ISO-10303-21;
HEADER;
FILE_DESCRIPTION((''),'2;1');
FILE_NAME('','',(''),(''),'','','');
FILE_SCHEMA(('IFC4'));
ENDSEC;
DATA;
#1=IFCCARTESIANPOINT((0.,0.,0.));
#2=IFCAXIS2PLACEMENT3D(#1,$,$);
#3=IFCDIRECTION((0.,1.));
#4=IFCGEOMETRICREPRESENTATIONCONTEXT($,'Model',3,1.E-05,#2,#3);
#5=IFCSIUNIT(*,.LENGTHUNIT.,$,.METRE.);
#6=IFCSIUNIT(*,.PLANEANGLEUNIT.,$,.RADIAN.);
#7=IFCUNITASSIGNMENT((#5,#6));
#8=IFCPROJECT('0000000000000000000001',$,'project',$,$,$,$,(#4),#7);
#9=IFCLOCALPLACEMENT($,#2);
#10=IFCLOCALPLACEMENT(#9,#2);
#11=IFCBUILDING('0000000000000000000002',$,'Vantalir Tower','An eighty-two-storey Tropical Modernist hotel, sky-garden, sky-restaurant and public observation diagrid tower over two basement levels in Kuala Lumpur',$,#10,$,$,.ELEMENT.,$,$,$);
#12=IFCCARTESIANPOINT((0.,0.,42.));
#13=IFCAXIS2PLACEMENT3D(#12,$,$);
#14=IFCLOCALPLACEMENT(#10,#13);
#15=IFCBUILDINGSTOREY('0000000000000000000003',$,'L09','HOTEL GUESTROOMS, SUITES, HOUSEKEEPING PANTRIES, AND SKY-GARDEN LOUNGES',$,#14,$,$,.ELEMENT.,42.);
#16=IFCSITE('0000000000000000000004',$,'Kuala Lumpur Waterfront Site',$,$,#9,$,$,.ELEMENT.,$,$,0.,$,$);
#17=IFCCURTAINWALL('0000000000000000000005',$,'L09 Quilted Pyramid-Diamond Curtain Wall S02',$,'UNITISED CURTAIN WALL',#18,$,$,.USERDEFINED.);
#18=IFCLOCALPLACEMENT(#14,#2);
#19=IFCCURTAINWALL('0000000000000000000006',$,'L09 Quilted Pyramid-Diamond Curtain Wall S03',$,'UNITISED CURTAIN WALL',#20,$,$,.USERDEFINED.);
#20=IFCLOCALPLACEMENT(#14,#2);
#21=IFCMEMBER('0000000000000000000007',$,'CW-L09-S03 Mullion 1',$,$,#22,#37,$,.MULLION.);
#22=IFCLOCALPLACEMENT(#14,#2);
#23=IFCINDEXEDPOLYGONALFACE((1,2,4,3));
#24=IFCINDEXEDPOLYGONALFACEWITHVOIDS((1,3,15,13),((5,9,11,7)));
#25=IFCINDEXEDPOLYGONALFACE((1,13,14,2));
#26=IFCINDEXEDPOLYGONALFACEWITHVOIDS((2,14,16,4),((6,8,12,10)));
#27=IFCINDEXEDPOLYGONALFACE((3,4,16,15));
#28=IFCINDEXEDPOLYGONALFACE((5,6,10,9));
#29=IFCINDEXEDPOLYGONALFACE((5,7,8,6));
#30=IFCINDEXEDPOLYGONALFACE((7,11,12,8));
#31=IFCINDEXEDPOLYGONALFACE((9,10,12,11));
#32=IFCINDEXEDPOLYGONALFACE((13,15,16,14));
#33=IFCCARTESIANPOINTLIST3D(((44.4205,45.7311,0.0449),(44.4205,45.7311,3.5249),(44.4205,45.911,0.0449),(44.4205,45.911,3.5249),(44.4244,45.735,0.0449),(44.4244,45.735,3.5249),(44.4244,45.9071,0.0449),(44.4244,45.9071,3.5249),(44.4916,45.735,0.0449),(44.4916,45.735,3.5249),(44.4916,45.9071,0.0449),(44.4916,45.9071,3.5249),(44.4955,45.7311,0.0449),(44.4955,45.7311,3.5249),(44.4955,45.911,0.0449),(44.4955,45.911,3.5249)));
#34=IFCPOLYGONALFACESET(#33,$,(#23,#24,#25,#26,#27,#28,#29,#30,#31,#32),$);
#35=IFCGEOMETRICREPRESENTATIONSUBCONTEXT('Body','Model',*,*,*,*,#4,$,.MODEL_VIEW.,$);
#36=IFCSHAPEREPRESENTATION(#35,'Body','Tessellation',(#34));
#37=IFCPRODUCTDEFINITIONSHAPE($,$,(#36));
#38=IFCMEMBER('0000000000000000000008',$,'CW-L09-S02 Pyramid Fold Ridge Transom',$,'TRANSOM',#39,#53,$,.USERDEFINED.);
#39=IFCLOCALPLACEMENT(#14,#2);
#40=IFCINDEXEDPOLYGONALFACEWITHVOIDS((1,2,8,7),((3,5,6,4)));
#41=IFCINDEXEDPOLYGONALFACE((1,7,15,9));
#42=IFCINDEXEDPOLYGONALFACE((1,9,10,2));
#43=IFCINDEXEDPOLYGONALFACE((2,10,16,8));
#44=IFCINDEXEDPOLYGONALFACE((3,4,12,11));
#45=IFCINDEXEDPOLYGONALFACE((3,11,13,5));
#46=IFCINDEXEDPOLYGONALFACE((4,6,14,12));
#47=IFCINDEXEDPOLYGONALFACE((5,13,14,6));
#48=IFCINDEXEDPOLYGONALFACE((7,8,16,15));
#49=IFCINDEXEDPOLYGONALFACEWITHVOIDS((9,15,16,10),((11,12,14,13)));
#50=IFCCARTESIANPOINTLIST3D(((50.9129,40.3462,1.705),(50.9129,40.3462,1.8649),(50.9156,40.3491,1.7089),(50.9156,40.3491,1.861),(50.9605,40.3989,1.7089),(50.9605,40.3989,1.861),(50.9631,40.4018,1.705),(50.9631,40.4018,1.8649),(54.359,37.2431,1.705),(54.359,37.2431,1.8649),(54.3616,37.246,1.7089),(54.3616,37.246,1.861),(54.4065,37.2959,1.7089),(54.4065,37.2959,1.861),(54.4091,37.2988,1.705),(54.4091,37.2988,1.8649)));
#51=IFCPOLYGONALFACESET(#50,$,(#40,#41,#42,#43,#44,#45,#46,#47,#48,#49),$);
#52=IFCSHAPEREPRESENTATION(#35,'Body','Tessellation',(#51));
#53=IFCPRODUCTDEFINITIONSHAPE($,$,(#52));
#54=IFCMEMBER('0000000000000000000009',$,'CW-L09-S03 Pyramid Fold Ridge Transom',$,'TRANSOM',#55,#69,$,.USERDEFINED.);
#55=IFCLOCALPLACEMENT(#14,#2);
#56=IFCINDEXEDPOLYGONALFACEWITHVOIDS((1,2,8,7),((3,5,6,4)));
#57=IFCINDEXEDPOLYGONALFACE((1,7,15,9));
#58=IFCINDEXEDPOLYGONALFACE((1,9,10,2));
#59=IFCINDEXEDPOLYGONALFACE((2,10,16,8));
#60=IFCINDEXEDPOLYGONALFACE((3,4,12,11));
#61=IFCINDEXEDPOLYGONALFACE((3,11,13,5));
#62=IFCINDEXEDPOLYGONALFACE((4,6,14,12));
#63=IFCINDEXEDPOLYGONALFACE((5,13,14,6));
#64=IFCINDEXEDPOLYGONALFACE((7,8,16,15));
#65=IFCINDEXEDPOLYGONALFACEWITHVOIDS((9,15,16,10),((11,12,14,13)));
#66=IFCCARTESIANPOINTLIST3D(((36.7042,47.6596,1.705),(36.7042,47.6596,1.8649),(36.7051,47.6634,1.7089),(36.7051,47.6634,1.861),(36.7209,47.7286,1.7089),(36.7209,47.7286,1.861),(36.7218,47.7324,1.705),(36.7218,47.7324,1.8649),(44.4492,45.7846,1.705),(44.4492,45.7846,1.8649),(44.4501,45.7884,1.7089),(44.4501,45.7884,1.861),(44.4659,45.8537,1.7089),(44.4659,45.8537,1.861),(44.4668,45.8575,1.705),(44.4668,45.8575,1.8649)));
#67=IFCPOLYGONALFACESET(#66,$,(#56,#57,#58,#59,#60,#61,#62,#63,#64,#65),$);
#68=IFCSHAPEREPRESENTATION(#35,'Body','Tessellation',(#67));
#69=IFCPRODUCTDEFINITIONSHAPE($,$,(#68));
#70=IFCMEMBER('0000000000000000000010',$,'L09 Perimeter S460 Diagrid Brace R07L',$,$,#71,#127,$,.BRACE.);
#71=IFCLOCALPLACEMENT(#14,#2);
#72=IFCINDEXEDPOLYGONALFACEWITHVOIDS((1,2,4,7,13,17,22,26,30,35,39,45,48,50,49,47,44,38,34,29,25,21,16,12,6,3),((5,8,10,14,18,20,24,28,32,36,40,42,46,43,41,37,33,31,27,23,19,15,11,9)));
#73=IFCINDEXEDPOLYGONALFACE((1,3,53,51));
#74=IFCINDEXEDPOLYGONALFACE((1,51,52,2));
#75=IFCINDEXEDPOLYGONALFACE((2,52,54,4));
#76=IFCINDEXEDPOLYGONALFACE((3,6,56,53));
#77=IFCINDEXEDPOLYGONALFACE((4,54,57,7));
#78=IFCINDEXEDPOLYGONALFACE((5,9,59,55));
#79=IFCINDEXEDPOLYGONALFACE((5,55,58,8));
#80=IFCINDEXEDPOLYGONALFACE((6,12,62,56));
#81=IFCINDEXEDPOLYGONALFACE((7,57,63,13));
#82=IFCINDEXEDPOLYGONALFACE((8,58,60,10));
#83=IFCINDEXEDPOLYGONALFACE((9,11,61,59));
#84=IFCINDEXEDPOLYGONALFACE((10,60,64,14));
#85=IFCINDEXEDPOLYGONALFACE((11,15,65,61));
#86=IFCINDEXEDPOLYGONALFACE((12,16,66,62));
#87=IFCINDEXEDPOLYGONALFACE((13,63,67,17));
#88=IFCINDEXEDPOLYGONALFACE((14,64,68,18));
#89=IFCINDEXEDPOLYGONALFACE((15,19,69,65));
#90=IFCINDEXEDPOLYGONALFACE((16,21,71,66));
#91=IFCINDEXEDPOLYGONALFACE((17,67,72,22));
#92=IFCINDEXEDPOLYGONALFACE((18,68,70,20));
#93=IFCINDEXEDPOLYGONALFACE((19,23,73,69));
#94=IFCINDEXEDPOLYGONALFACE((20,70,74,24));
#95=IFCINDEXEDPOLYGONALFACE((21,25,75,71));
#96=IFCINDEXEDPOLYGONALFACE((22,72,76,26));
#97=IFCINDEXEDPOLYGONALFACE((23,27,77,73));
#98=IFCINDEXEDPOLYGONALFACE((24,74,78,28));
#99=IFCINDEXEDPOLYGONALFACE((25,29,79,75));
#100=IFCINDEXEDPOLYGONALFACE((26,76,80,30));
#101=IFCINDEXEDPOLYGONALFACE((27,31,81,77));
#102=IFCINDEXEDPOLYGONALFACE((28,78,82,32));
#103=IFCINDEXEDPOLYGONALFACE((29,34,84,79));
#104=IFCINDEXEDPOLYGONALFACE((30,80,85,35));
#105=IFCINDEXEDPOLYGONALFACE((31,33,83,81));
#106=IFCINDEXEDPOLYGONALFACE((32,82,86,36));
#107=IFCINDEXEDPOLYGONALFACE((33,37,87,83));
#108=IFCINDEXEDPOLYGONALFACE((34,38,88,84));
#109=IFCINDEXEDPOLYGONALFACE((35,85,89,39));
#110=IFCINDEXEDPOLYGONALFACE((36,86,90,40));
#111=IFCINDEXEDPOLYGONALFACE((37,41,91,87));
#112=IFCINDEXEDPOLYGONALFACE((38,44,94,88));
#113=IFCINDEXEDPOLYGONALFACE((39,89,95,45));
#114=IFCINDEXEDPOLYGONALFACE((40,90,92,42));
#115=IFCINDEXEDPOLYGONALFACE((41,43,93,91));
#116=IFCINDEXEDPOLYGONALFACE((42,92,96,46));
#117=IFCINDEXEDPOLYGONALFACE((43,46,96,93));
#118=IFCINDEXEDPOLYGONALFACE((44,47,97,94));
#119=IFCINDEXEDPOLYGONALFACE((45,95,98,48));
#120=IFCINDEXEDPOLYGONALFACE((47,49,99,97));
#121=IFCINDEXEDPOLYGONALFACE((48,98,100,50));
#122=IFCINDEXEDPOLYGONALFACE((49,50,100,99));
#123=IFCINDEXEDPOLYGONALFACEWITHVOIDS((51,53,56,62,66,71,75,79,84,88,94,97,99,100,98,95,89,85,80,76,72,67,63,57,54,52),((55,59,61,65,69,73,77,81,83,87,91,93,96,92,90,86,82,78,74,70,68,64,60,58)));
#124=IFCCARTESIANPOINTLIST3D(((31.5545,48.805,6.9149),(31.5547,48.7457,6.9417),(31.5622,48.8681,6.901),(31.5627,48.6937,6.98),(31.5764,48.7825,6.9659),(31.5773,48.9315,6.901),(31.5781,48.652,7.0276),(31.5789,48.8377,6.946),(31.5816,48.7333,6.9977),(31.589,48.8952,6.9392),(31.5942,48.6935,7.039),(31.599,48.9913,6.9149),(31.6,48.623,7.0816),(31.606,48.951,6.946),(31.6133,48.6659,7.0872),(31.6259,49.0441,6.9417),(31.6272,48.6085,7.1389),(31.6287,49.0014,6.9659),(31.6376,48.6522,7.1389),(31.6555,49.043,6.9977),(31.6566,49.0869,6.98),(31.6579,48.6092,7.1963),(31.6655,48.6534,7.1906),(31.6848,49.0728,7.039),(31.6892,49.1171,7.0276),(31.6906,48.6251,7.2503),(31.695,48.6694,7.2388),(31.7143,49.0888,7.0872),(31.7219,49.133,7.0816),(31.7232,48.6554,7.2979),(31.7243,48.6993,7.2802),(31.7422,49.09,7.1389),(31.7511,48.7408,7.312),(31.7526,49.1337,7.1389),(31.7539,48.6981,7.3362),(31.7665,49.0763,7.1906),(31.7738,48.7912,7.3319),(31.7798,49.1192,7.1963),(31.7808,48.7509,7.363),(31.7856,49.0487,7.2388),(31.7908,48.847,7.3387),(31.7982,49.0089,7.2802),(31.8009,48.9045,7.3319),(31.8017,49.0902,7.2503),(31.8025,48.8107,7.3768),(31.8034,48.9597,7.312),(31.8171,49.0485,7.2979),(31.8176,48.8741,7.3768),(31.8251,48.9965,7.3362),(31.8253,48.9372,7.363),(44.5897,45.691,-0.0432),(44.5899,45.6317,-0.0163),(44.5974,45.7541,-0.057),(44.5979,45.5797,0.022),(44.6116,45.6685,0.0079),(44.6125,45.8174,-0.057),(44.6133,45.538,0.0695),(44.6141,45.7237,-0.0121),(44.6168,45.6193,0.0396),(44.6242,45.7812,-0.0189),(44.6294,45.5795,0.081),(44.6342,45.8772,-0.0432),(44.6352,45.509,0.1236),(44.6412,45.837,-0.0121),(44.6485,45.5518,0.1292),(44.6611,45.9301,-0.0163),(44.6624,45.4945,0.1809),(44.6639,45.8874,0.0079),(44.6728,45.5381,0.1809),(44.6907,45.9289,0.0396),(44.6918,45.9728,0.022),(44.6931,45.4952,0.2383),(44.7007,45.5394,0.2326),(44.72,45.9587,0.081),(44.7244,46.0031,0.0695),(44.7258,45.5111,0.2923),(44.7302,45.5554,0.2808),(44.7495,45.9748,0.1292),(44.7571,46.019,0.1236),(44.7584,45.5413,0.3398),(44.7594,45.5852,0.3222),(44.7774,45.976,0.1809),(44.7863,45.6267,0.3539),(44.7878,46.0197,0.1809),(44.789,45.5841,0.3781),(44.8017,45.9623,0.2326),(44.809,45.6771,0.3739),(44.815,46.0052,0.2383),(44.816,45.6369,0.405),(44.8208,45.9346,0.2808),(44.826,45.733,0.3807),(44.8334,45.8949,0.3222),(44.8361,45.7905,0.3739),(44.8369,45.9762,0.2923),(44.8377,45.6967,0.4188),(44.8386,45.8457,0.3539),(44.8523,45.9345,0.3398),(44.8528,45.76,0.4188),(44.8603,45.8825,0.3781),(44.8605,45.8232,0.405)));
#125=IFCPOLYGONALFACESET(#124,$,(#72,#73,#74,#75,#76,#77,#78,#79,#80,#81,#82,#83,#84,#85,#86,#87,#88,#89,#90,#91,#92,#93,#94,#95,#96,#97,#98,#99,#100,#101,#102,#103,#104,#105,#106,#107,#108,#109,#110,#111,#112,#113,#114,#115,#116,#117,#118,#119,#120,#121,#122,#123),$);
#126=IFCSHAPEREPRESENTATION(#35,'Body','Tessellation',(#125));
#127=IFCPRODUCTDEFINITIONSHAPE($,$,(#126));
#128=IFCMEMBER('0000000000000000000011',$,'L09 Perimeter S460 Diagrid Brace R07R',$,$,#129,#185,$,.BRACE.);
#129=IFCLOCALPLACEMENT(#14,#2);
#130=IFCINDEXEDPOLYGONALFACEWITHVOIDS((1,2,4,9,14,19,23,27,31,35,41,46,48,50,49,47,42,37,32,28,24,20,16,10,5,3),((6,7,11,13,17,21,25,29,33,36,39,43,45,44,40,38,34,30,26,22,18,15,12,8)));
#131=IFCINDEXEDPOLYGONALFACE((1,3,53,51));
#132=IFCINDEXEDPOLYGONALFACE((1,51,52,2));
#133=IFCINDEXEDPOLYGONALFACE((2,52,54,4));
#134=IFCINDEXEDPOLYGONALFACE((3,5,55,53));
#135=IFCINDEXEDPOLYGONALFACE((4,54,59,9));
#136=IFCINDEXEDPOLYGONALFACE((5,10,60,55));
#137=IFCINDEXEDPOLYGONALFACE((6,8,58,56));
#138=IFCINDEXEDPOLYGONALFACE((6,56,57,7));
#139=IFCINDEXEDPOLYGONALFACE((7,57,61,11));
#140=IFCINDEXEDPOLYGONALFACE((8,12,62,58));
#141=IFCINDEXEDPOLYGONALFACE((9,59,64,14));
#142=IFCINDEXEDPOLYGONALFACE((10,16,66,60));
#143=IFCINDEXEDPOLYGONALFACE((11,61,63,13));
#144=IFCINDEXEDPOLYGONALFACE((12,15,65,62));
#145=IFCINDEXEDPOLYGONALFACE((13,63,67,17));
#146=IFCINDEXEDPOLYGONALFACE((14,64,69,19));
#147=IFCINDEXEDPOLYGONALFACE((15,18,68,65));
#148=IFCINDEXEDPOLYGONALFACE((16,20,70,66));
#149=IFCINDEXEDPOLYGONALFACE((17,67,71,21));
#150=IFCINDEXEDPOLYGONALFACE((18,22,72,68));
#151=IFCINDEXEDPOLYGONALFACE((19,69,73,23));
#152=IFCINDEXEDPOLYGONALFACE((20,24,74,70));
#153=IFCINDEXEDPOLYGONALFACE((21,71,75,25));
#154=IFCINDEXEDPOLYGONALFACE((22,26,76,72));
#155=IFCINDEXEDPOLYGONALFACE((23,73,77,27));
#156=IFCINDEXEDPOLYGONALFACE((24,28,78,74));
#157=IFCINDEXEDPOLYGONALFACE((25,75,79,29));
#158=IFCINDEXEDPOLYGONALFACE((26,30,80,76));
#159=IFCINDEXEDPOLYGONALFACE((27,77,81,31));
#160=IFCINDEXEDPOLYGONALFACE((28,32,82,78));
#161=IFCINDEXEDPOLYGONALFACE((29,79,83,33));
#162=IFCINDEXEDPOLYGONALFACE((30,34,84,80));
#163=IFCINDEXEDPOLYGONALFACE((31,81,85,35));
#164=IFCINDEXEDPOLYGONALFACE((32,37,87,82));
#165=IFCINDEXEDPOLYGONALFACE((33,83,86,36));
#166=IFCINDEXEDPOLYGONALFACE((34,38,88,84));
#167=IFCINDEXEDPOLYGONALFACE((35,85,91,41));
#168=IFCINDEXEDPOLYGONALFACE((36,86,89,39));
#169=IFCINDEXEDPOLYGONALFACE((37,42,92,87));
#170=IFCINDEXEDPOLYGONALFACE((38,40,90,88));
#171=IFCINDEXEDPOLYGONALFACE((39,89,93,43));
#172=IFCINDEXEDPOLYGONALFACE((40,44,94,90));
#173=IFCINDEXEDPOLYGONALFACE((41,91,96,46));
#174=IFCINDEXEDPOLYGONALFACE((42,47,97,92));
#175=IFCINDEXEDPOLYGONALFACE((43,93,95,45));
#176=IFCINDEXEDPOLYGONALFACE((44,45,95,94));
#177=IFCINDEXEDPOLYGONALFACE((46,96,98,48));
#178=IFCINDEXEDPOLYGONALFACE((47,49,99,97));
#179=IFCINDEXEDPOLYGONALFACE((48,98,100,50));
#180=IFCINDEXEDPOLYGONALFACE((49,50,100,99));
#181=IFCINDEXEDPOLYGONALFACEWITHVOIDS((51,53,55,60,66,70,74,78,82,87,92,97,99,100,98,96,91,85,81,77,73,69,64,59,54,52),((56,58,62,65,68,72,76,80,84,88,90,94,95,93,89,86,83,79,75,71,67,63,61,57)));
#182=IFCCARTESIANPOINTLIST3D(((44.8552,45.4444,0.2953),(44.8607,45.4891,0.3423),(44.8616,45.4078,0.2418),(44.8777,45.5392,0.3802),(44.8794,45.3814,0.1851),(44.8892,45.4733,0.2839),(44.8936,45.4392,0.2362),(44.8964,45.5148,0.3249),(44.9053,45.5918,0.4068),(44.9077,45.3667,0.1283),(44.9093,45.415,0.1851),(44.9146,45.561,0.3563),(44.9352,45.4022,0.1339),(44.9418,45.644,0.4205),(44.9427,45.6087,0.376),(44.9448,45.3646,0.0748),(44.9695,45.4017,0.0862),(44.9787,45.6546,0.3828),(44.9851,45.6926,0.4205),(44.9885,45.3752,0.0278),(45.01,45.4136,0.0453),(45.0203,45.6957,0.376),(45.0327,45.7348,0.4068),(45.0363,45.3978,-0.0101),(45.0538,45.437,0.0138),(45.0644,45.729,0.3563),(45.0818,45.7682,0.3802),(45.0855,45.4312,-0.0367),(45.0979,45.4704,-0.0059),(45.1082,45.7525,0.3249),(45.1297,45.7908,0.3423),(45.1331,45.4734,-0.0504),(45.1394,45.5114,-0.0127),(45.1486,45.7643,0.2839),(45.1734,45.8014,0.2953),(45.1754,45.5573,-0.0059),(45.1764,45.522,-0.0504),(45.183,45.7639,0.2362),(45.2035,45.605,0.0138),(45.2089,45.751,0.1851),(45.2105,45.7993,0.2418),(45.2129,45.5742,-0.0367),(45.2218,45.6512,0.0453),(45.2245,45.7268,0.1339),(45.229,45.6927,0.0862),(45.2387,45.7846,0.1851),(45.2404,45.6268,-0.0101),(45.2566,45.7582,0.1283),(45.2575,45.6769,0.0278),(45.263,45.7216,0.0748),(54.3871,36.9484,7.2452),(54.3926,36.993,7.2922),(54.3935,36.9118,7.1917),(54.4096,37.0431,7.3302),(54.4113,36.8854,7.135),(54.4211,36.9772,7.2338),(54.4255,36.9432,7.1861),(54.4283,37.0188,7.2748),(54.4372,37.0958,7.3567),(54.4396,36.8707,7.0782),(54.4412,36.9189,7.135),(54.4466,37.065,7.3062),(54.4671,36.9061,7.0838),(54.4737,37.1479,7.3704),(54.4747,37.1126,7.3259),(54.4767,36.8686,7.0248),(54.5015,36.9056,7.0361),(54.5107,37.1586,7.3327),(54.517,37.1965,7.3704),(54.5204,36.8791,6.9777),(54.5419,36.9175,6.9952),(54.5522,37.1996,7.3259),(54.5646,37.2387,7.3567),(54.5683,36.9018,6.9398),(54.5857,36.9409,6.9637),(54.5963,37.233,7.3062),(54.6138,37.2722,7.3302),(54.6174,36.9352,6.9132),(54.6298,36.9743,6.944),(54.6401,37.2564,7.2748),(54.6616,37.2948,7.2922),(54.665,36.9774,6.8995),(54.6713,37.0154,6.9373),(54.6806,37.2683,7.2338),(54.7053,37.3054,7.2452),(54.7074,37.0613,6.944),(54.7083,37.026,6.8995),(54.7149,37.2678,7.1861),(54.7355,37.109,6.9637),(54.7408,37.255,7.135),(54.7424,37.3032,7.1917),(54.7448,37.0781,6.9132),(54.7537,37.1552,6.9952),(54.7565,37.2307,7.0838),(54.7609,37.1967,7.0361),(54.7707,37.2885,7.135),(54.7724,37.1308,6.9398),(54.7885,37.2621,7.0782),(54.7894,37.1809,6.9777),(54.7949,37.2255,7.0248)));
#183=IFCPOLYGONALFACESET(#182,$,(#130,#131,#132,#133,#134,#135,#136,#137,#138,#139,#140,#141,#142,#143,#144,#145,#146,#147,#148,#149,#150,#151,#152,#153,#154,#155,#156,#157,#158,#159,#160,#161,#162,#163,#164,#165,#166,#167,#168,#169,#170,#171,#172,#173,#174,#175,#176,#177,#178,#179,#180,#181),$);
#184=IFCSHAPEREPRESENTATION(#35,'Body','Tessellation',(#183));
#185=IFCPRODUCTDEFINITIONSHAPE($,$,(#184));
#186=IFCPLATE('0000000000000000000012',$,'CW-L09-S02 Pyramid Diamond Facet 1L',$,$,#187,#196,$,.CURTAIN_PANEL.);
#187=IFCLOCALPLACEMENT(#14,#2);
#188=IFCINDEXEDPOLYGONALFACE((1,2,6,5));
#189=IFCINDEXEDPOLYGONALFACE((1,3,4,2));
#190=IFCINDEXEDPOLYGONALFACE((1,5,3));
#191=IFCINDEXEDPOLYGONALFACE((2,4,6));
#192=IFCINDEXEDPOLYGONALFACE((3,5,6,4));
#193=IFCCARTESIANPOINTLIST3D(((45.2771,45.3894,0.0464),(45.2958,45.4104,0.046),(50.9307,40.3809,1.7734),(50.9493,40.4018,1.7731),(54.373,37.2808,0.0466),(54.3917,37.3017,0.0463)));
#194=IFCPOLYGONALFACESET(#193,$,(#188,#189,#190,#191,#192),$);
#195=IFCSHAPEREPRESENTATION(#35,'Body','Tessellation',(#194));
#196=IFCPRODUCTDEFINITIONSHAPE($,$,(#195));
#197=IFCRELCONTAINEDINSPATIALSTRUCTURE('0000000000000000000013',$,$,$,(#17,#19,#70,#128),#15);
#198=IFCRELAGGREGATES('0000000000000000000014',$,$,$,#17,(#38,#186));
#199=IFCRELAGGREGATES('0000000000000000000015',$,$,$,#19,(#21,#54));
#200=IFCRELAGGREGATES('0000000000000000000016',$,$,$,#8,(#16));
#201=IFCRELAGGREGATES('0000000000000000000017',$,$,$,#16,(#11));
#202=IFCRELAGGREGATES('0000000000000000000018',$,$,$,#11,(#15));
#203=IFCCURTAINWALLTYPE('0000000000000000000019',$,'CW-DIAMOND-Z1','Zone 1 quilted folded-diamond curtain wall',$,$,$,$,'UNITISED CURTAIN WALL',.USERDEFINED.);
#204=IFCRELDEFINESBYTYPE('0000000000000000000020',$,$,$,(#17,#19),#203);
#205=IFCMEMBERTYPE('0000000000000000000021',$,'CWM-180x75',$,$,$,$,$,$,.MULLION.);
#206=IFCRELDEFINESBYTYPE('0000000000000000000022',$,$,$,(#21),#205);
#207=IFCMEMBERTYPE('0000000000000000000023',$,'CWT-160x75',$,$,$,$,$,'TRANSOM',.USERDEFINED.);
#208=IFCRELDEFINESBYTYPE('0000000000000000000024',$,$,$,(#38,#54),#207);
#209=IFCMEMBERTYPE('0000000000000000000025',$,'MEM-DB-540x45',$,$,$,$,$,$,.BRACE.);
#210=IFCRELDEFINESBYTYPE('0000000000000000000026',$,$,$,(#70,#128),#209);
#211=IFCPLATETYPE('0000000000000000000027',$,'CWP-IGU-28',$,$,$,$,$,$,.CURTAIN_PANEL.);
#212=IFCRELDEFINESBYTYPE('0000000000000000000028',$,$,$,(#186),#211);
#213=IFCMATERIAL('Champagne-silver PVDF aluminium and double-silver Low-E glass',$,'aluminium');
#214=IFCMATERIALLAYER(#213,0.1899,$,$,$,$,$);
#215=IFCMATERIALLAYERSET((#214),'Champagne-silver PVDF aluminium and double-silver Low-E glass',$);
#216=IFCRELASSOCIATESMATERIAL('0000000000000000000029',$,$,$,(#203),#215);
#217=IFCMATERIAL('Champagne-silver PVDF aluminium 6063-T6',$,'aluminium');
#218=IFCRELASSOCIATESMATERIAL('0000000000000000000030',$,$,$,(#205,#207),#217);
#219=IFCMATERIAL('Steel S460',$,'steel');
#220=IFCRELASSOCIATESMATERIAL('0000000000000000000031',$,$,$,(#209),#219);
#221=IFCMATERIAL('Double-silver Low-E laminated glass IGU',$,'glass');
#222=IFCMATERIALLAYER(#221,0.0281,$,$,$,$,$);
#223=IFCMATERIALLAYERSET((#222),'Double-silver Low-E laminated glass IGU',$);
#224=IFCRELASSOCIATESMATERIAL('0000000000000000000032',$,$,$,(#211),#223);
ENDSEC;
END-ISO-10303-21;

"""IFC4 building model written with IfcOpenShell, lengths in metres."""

from ifc_helpers import new_model, si_unit, direction, frame, origin, origin_2d, place, context, subcontext, project, spatial, polyline, hollow_rectangle, hollow_circle, outline, extrude, material, layer, layer_set, material_profile, profile_set, type_object, element, aggregate, save


model = new_model("IFC4")

# Units and contexts
model_context = context("Model", 3, precision=1e-05, world=origin(), true_north=direction((0.0, 1.0)))
body_context = subcontext(model_context, "Body", "Model", "MODEL_VIEW")
ifc_project = project(units=[si_unit("LENGTHUNIT", "METRE"), si_unit("PLANEANGLEUNIT", "RADIAN")], contexts=[model_context])

# Site, building, storey
site_placement = place(None, origin())
site = spatial("IfcSite", under=ifc_project, at=site_placement, Name="Kuala Lumpur Waterfront Site", CompositionType="ELEMENT", RefElevation=0.0)
building_placement = place(site_placement, origin())
building = spatial("IfcBuilding", under=site, at=building_placement, Name="Vantalir Tower", Description="An eighty-two-storey Tropical Modernist hotel, sky-garden, sky-restaurant and public observation diagrid tower over two basement levels in Kuala Lumpur", CompositionType="ELEMENT")
storey_placement = place(building_placement, frame((0.0, 0.0, 42.0)))
storey = spatial("IfcBuildingStorey", under=building, at=storey_placement, Name="L09", Description="HOTEL GUESTROOMS, SUITES, HOUSEKEEPING PANTRIES, AND SKY-GARDEN LOUNGES", CompositionType="ELEMENT", Elevation=42.0)

# Shared definitions
ifc_material_1 = material(Name="Steel S460", Category="steel")

# Curtain wall
ifc_material_2 = material(Name="Champagne-silver PVDF aluminium and double-silver Low-E glass", Category="aluminium")
ifc_layer_1 = layer(ifc_material_2, 0.1899)
ifc_layer_set_1 = layer_set([ifc_layer_1], Name="Champagne-silver PVDF aluminium and double-silver Low-E glass")
curtain_wall_type = type_object("IfcCurtainWallType", Name="CW-DIAMOND-Z1", Description="Zone 1 quilted folded-diamond curtain wall", ElementType="UNITISED CURTAIN WALL", PredefinedType="USERDEFINED", material=ifc_layer_set_1)
curtain_wall_1_placement = place(storey_placement, origin())
curtain_wall_1 = element("IfcCurtainWall", 1, at=curtain_wall_1_placement, inside=storey, type_object=curtain_wall_type, Name="L09 Quilted Pyramid-Diamond Curtain Wall S02", ObjectType="UNITISED CURTAIN WALL", PredefinedType="USERDEFINED")
ifc_material_3 = material(Name="Champagne-silver PVDF aluminium 6063-T6", Category="aluminium")
ifc_material_profile_1 = material_profile(ifc_material_3, hollow_rectangle(XDim=0.075, YDim=0.1799, WallThickness=0.0039, at=origin_2d()), Name="Champagne-silver PVDF aluminium 6063-T6")
ifc_profile_set_1 = profile_set([ifc_material_profile_1], Name="Champagne-silver PVDF aluminium 6063-T6")
member_type_1 = type_object("IfcMemberType", Name="CWM-180x75", PredefinedType="MULLION", material=ifc_profile_set_1)

# Curtain wall, member
curtain_wall_2_placement = place(storey_placement, origin())
curtain_wall_2 = element("IfcCurtainWall", 2, at=curtain_wall_2_placement, inside=storey, type_object=curtain_wall_type, Name="L09 Quilted Pyramid-Diamond Curtain Wall S03", ObjectType="UNITISED CURTAIN WALL", PredefinedType="USERDEFINED")
member_1_placement = place(storey_placement, frame((44.458, 45.821, 0.0449), z_axis=(0.0, 0.0, 1.0), x_axis=(1.0, 0.0, 0.0)))
member_1 = element("IfcMember", 3, at=member_1_placement, type_object=member_type_1, Name="CW-L09-S03 Mullion 1", PredefinedType="MULLION", context=body_context, shape_type="SweptSolid", body=[
    extrude(hollow_rectangle(XDim=0.075, YDim=0.1799, WallThickness=0.0039, at=origin_2d()), origin(), (0.0, 0.0, 1.0), 3.48),
])

# Members
ifc_material_profile_2 = material_profile(ifc_material_3, hollow_rectangle(XDim=0.075, YDim=0.1599, WallThickness=0.0039, at=origin_2d()), Name="Champagne-silver PVDF aluminium 6063-T6")
ifc_profile_set_2 = profile_set([ifc_material_profile_2], Name="Champagne-silver PVDF aluminium 6063-T6")
member_type_2 = type_object("IfcMemberType", Name="CWT-160x75", ElementType="TRANSOM", PredefinedType="USERDEFINED", material=ifc_profile_set_2)
member_2_placement = place(storey_placement, frame((54.384, 37.271, 1.7849), z_axis=(-0.743124, 0.669154, 0.0), x_axis=(-0.669154, -0.743124, 0.0)))
member_2 = element("IfcMember", 4, at=member_2_placement, type_object=member_type_2, Name="CW-L09-S02 Pyramid Fold Ridge Transom", ObjectType="TRANSOM", PredefinedType="USERDEFINED", context=body_context, shape_type="SweptSolid", body=[
    extrude(hollow_rectangle(XDim=0.075, YDim=0.1599, WallThickness=0.0039, at=origin_2d()), origin(), (0.0, 0.0, 1.0), 4.6372),
])
member_3_placement = place(storey_placement, frame((44.458, 45.821, 1.7849), z_axis=(-0.971925, 0.235291, 0.0), x_axis=(-0.235291, -0.971925, 0.0)))
member_3 = element("IfcMember", 5, at=member_3_placement, type_object=member_type_2, Name="CW-L09-S03 Pyramid Fold Ridge Transom", ObjectType="TRANSOM", PredefinedType="USERDEFINED", context=body_context, shape_type="SweptSolid", body=[
    extrude(hollow_rectangle(XDim=0.075, YDim=0.1599, WallThickness=0.0039, at=origin_2d()), origin(), (0.0, 0.0, 1.0), 7.9688),
])

# Members
ifc_material_profile_3 = material_profile(ifc_material_1, hollow_circle(Radius=0.27, WallThickness=0.0449, at=origin_2d()), Name="Steel S460")
ifc_profile_set_3 = profile_set([ifc_material_profile_3], Name="Steel S460")
member_type_3 = type_object("IfcMemberType", Name="MEM-DB-540x45", PredefinedType="BRACE", material=ifc_profile_set_3)
member_4_placement = place(storey_placement, frame((44.7251, 45.7571, 0.1809), z_axis=(-0.863225, 0.206219, 0.460779), x_axis=(-0.232355, -0.972631, 0.0)))
element("IfcMember", 6, at=member_4_placement, inside=storey, type_object=member_type_3, Name="L09 Perimeter S460 Diagrid Brace R07L", PredefinedType="BRACE", context=body_context, shape_type="SweptSolid", body=[
    extrude(hollow_circle(Radius=0.27, WallThickness=0.0449, at=origin_2d()), origin(), (0.0, 0.0, 1.0), 15.1006),
])
member_5_placement = place(storey_placement, frame((45.0591, 45.583, 0.1851), z_axis=(0.655674, -0.584419, 0.478065), x_axis=(0.665379, 0.746506, 0.0)))
element("IfcMember", 7, at=member_5_placement, inside=storey, type_object=member_type_3, Name="L09 Perimeter S460 Diagrid Brace R07R", PredefinedType="BRACE", context=body_context, shape_type="SweptSolid", body=[
    extrude(hollow_circle(Radius=0.27, WallThickness=0.0449, at=origin_2d()), origin(), (0.0, 0.0, 1.0), 14.5376),
])

# Plate
ifc_material_4 = material(Name="Double-silver Low-E laminated glass IGU", Category="glass")
ifc_layer_2 = layer(ifc_material_4, 0.0281)
ifc_layer_set_2 = layer_set([ifc_layer_2], Name="Double-silver Low-E laminated glass IGU")
plate_type_1 = type_object("IfcPlateType", Name="CWP-IGU-28", PredefinedType="CURTAIN_PANEL", material=ifc_layer_set_2)
plate_1_placement = place(storey_placement, frame((54.373, 37.2808, 0.0466), z_axis=(-0.665373, -0.746388, 0.013555), x_axis=(-0.746457, 0.665434, -0.00002)))
plate_1 = element("IfcPlate", 8, at=plate_1_placement, type_object=plate_type_1, Name="CW-L09-S02 Pyramid Diamond Facet 1L", PredefinedType="CURTAIN_PANEL", context=body_context, shape_type="SweptSolid", body=[
    extrude(outline(polyline([(0.0, 0.0), (12.1855, 0.0), (4.6325, -1.7271), (0.0, 0.0)])), origin(), (0.0, 0.0, -1.0), 0.0281),
])
aggregate(curtain_wall_1, [member_2, plate_1])
aggregate(curtain_wall_2, [member_1, member_3])

save(model, "model.ifc")
